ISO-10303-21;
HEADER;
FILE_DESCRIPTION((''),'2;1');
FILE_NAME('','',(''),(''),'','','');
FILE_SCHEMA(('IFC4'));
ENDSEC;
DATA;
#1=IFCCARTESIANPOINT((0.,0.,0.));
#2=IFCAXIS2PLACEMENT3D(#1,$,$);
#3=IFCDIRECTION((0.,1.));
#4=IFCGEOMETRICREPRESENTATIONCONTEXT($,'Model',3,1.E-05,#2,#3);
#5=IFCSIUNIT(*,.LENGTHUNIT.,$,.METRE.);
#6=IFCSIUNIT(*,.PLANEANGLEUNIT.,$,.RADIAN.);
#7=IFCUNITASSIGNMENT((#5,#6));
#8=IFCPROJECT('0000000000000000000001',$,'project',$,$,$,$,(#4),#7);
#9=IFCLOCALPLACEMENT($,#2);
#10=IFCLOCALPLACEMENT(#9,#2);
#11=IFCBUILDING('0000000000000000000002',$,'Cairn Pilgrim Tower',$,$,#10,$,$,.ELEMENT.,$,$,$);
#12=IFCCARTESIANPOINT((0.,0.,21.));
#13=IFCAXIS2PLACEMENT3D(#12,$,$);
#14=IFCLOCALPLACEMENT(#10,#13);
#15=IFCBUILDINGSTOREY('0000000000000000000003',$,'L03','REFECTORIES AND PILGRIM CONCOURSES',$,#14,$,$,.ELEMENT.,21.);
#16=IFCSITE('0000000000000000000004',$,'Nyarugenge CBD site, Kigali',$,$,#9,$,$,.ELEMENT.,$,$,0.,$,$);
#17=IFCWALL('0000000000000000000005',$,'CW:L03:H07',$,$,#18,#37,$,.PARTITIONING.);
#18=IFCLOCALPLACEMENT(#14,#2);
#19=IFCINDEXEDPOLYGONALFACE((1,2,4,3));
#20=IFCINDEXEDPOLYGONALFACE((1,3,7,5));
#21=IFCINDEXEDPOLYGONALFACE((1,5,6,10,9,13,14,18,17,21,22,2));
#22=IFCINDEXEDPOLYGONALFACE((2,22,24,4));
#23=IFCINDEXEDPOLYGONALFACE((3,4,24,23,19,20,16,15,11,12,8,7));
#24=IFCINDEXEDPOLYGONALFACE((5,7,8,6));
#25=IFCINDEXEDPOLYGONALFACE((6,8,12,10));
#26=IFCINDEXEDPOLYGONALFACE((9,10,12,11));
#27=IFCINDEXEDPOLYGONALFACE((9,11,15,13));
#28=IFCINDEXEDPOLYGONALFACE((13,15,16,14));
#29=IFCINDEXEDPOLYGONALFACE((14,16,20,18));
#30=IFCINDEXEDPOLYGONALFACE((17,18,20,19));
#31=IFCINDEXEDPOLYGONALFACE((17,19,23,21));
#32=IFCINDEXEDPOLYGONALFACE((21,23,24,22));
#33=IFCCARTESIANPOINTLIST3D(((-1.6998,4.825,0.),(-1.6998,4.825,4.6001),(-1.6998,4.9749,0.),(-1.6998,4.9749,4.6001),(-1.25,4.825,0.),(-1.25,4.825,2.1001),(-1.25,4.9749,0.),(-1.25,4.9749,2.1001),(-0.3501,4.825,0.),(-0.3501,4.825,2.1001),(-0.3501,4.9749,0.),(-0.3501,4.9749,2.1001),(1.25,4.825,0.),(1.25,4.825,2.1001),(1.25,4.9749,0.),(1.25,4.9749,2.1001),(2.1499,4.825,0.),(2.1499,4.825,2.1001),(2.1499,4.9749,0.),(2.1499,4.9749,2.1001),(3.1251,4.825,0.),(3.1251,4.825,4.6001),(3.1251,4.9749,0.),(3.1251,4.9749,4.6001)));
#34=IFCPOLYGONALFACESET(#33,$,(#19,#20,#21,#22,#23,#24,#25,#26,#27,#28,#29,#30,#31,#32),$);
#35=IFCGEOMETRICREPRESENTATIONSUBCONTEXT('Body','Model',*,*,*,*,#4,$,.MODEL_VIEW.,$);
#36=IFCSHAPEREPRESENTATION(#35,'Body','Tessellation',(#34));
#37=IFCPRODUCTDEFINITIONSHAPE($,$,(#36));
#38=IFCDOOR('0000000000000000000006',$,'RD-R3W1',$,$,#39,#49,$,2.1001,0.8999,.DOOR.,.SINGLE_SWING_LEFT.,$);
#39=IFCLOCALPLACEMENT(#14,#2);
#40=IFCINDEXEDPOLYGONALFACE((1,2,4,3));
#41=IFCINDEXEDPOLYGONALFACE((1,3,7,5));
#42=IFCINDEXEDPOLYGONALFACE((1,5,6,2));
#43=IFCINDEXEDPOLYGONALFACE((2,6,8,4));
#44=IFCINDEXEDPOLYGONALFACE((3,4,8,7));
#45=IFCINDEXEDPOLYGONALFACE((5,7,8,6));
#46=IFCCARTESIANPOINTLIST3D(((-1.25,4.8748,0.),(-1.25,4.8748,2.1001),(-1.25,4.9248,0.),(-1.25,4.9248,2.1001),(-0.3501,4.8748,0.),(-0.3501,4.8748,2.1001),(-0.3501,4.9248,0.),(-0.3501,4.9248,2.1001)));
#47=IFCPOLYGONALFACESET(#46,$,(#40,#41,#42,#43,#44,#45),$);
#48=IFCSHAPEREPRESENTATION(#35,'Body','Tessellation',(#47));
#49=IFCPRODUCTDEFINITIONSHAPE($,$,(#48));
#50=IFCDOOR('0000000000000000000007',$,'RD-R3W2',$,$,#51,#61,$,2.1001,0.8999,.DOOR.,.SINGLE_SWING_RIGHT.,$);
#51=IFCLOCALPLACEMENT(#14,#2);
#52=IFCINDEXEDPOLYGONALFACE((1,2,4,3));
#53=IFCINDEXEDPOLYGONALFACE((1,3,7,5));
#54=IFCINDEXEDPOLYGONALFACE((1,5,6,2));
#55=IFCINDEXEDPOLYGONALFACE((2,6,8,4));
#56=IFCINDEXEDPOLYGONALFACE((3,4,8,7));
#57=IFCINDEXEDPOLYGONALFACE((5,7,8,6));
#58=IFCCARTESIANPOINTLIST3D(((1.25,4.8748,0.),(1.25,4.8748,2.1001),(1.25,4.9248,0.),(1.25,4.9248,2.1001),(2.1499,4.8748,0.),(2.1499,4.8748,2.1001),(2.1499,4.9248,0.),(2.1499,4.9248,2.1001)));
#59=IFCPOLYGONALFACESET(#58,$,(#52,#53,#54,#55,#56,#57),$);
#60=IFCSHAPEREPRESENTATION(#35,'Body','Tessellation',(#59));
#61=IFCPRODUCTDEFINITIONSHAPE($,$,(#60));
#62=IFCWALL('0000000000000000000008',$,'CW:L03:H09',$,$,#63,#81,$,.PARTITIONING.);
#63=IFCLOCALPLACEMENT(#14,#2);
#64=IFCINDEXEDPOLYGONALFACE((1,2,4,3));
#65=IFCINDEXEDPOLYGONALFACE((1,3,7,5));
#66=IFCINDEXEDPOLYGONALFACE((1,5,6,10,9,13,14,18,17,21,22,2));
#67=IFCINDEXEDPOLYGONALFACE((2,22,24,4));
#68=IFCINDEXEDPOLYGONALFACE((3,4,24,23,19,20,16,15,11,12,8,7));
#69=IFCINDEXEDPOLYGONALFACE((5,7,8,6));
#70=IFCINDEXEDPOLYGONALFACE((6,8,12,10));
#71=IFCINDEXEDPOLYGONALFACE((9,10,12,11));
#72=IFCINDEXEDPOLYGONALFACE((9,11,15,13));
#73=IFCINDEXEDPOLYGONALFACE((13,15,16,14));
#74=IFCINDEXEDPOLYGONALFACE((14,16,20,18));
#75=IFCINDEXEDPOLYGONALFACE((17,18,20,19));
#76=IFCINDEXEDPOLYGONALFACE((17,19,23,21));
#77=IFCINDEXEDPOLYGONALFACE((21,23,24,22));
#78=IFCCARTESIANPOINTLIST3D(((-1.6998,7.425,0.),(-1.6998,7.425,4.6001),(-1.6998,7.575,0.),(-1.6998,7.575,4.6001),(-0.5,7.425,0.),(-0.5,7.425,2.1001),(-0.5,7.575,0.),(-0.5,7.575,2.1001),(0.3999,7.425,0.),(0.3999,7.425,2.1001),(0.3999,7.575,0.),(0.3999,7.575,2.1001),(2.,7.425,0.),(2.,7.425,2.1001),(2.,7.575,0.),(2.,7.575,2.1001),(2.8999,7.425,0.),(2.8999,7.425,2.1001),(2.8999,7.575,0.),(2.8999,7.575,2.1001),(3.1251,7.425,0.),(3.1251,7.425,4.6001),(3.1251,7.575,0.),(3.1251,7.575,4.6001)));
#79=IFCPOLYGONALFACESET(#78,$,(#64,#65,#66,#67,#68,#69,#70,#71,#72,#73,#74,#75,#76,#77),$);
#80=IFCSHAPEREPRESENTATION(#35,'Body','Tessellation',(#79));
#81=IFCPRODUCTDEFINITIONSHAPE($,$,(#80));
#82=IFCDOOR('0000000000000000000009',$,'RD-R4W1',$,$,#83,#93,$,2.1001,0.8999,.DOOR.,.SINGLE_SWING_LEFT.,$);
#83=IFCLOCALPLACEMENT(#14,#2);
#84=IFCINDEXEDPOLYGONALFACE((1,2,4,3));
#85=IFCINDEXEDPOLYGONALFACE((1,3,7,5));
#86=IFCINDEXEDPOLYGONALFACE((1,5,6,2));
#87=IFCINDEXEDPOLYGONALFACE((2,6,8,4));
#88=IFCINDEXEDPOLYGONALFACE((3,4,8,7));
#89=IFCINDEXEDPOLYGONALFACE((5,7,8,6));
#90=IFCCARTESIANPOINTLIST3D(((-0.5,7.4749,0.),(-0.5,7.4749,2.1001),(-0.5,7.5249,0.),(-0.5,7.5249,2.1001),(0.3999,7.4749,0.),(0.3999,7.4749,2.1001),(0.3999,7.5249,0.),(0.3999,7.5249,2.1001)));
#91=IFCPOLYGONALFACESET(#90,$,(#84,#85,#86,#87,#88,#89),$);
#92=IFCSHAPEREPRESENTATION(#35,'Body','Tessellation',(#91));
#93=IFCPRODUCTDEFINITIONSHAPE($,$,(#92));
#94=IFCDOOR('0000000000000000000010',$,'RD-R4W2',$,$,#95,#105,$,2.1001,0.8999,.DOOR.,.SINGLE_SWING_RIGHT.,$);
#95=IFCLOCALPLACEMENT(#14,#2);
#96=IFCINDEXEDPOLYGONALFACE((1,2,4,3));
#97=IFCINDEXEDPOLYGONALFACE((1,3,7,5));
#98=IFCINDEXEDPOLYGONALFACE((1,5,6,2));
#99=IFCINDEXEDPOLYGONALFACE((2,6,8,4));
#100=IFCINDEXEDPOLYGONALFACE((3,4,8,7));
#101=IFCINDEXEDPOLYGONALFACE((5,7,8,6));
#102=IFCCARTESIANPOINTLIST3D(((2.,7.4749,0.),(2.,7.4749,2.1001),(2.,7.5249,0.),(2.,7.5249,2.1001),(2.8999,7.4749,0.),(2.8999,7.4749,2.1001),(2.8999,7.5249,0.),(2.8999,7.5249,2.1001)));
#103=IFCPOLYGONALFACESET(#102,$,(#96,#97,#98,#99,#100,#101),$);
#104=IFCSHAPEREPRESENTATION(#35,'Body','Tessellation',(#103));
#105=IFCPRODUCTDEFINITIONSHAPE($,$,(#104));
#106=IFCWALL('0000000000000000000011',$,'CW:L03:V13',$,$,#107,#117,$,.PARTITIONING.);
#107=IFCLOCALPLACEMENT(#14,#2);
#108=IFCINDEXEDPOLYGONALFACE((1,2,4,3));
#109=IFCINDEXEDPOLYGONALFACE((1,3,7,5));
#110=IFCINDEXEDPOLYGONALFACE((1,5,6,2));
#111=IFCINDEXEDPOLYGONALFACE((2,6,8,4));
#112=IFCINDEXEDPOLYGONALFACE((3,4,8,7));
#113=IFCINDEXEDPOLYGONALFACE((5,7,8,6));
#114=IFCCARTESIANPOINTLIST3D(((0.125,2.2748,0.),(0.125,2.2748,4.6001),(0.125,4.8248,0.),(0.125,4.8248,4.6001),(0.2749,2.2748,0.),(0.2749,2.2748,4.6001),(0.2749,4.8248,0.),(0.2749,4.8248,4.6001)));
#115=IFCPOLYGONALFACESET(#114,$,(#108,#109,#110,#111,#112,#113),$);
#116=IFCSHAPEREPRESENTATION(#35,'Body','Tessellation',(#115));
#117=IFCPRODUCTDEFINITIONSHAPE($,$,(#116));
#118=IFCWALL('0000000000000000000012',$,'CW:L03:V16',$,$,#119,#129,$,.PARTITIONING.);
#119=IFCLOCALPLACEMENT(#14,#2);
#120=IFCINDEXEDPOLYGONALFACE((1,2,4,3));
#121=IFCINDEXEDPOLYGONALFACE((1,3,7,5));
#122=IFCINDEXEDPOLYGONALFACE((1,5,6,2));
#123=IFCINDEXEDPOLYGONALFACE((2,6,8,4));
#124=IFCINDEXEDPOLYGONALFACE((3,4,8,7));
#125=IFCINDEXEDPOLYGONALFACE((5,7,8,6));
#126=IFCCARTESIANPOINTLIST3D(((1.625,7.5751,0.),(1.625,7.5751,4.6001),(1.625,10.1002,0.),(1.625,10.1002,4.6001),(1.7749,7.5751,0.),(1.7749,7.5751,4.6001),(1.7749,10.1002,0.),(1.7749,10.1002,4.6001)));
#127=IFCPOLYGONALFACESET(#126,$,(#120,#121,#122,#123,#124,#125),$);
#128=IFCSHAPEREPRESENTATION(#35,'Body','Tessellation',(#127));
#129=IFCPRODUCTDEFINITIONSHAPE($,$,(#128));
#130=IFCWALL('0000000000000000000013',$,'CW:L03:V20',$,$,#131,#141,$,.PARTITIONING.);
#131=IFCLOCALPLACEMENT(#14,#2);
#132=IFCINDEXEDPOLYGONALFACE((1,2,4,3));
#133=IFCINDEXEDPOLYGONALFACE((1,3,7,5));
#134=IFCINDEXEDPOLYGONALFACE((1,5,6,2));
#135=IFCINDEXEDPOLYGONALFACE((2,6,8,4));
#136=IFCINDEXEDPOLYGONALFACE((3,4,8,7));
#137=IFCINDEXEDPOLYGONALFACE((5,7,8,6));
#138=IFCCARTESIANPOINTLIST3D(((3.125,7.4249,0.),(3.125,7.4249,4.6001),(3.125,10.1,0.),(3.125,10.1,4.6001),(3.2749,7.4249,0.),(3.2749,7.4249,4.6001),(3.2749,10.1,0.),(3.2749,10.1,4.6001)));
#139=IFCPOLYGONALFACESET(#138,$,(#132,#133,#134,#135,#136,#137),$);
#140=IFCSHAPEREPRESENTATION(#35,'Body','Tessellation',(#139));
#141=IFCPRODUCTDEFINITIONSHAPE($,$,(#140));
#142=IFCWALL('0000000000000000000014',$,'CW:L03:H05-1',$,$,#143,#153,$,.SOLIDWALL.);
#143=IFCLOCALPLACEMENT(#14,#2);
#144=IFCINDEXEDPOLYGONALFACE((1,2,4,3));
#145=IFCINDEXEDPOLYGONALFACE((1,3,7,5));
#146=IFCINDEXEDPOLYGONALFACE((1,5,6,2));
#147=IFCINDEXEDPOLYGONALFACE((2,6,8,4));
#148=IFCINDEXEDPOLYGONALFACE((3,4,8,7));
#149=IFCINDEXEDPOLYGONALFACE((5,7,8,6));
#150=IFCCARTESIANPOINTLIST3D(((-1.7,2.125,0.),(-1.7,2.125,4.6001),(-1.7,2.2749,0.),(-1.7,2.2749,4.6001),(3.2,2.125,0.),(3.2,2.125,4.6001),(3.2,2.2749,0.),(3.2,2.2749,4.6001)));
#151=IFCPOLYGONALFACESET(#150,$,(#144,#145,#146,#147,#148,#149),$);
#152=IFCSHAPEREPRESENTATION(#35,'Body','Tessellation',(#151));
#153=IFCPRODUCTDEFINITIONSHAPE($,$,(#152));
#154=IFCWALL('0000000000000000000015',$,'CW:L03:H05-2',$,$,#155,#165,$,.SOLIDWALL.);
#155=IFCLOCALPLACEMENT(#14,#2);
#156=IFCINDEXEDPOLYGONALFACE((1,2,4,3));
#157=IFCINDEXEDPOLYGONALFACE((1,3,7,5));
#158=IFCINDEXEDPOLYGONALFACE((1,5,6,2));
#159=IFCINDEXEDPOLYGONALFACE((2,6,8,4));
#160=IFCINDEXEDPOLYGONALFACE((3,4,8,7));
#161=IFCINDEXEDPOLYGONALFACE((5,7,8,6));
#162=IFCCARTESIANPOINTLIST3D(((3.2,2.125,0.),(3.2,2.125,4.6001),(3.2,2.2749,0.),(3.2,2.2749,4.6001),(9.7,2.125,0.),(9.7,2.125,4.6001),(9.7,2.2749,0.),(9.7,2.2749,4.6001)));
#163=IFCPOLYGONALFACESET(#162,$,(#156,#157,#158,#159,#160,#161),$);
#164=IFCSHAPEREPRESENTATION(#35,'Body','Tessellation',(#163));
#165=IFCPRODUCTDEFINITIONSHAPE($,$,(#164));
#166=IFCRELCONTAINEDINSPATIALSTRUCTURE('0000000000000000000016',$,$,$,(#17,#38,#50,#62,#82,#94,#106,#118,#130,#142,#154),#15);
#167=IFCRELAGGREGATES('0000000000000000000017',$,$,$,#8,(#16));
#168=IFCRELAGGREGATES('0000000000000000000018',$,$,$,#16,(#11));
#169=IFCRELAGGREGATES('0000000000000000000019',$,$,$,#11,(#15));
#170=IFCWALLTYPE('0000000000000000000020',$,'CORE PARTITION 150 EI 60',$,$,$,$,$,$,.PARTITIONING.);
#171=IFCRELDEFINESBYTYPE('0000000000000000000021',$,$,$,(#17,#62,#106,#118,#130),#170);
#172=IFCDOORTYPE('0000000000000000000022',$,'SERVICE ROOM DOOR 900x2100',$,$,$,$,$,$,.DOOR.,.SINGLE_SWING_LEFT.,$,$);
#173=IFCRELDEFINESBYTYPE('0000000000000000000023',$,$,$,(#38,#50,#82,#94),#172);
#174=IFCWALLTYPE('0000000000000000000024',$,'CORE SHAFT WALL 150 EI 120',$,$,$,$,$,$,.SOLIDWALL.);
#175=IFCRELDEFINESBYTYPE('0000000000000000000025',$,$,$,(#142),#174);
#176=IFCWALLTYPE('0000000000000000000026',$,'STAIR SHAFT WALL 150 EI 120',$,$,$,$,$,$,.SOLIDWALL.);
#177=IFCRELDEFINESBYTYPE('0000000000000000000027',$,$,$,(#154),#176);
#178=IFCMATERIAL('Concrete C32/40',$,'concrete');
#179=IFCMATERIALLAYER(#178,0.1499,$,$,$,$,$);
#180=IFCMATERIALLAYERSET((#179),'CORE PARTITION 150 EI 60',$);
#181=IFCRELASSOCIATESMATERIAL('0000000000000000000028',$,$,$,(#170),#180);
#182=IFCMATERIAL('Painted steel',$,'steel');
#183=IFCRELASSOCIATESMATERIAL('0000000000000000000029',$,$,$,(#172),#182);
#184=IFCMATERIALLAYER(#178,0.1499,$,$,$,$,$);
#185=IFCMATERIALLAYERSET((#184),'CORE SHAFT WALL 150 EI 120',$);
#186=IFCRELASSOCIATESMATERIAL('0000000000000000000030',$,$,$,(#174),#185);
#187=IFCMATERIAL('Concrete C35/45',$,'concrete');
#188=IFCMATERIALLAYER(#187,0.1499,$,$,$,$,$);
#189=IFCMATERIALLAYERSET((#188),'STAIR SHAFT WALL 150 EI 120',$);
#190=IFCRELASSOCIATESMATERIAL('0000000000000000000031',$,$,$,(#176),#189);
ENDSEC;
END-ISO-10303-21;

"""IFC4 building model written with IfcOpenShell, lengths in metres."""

from ifc_helpers import new_model, si_unit, direction, frame, frame_2d, origin, place, context, subcontext, project, spatial, rectangle, extrude, material, layer, layer_set, type_object, element, fill, save


model = new_model("IFC4")

# Units and contexts
model_context = context("Model", 3, precision=1e-05, world=origin(), true_north=direction((0.0, 1.0)))
body_context = subcontext(model_context, "Body", "Model", "MODEL_VIEW")
ifc_project = project(units=[si_unit("LENGTHUNIT", "METRE"), si_unit("PLANEANGLEUNIT", "RADIAN")], contexts=[model_context])

# Site, building, storey
site_placement = place(None, origin())
site = spatial("IfcSite", under=ifc_project, at=site_placement, Name="Nyarugenge CBD site, Kigali", CompositionType="ELEMENT", RefElevation=0.0)
building_placement = place(site_placement, origin())
building = spatial("IfcBuilding", under=site, at=building_placement, Name="Cairn Pilgrim Tower", CompositionType="ELEMENT")
storey_placement = place(building_placement, frame((0.0, 0.0, 21.0)))
storey = spatial("IfcBuildingStorey", under=building, at=storey_placement, Name="L03", Description="REFECTORIES AND PILGRIM CONCOURSES", CompositionType="ELEMENT", Elevation=21.0)

# Shared definitions
ifc_material_1 = material(Name="Concrete C32/40", Category="concrete")

# Walls, openings, doors
ifc_layer_1 = layer(ifc_material_1, 0.1499)
ifc_layer_set_1 = layer_set([ifc_layer_1], Name="CORE PARTITION 150 EI 60")
wall_type_1 = type_object("IfcWallType", Name="CORE PARTITION 150 EI 60", PredefinedType="PARTITIONING", material=ifc_layer_set_1)
wall_1_placement = place(storey_placement, frame((-1.7, 4.8999, 0.0), z_axis=(0.0, 0.0, 1.0), x_axis=(1.0, 0.0, 0.0)))
wall_1 = element("IfcWall", 1, at=wall_1_placement, inside=storey, type_object=wall_type_1, Name="CW:L03:H07", PredefinedType="PARTITIONING", context=body_context, shape_type="SweptSolid", body=[
    extrude(rectangle(XDim=4.825, YDim=0.1499, at=frame_2d((2.4126, 0.0))), origin(), (0.0, 0.0, 1.0), 4.6001),
])
opening_1_placement = place(wall_1_placement, frame((0.45, 0.0, 0.0)))
opening_1 = element("IfcOpeningElement", 2, at=opening_1_placement, cuts=wall_1, PredefinedType="OPENING", context=body_context, shape_type="SweptSolid", body=[
    extrude(rectangle(XDim=0.8999, YDim=2.1001, at=frame_2d((0.45, 1.05))), frame((0.0, 0.085, 0.0), z_axis=(0.0, -1.0, 0.0), x_axis=(1.0, 0.0, 0.0)), (0.0, 0.0, 1.0), 0.1699),
])
opening_2_placement = place(wall_1_placement, frame((2.95, 0.0, 0.0)))
opening_2 = element("IfcOpeningElement", 3, at=opening_2_placement, cuts=wall_1, PredefinedType="OPENING", context=body_context, shape_type="SweptSolid", body=[
    extrude(rectangle(XDim=0.8999, YDim=2.1001, at=frame_2d((0.45, 1.05))), frame((0.0, 0.085, 0.0), z_axis=(0.0, -1.0, 0.0), x_axis=(1.0, 0.0, 0.0)), (0.0, 0.0, 1.0), 0.1699),
])
ifc_material_2 = material(Name="Painted steel", Category="steel")
door_type_1 = type_object("IfcDoorType", Name="SERVICE ROOM DOOR 900x2100", OperationType="SINGLE_SWING_LEFT", PredefinedType="DOOR", material=ifc_material_2)
door_1_placement = place(opening_1_placement, origin())
door_1 = element("IfcDoor", 4, at=door_1_placement, inside=storey, type_object=door_type_1, Name="RD-R3W1", OperationType="SINGLE_SWING_LEFT", OverallHeight=2.1001, OverallWidth=0.8999, PredefinedType="DOOR", context=body_context, shape_type="SweptSolid", body=[
    extrude(rectangle(XDim=0.8999, YDim=2.1001, at=frame_2d((0.45, 1.05))), frame((0.0, 0.0249, 0.0), z_axis=(0.0, -1.0, 0.0), x_axis=(1.0, 0.0, 0.0)), (0.0, 0.0, 1.0), 0.05),
])
fill(opening_1, door_1)
door_2_placement = place(opening_2_placement, origin())
door_2 = element("IfcDoor", 5, at=door_2_placement, inside=storey, type_object=door_type_1, Name="RD-R3W2", OperationType="SINGLE_SWING_RIGHT", OverallHeight=2.1001, OverallWidth=0.8999, PredefinedType="DOOR", context=body_context, shape_type="SweptSolid", body=[
    extrude(rectangle(XDim=0.8999, YDim=2.1001, at=frame_2d((0.45, 1.05))), frame((0.0, 0.0249, 0.0), z_axis=(0.0, -1.0, 0.0), x_axis=(1.0, 0.0, 0.0)), (0.0, 0.0, 1.0), 0.05),
])
fill(opening_2, door_2)
wall_2_placement = place(storey_placement, frame((-1.7, 7.5, 0.0), z_axis=(0.0, 0.0, 1.0), x_axis=(1.0, 0.0, 0.0)))
wall_2 = element("IfcWall", 6, at=wall_2_placement, inside=storey, type_object=wall_type_1, Name="CW:L03:H09", PredefinedType="PARTITIONING", context=body_context, shape_type="SweptSolid", body=[
    extrude(rectangle(XDim=4.825, YDim=0.1499, at=frame_2d((2.4126, 0.0))), origin(), (0.0, 0.0, 1.0), 4.6001),
])
opening_3_placement = place(wall_2_placement, frame((1.2, 0.0, 0.0)))
opening_3 = element("IfcOpeningElement", 7, at=opening_3_placement, cuts=wall_2, PredefinedType="OPENING", context=body_context, shape_type="SweptSolid", body=[
    extrude(rectangle(XDim=0.8999, YDim=2.1001, at=frame_2d((0.45, 1.05))), frame((0.0, 0.085, 0.0), z_axis=(0.0, -1.0, 0.0), x_axis=(1.0, 0.0, 0.0)), (0.0, 0.0, 1.0), 0.1699),
])
opening_4_placement = place(wall_2_placement, frame((3.7, 0.0, 0.0)))
opening_4 = element("IfcOpeningElement", 8, at=opening_4_placement, cuts=wall_2, PredefinedType="OPENING", context=body_context, shape_type="SweptSolid", body=[
    extrude(rectangle(XDim=0.8999, YDim=2.1001, at=frame_2d((0.45, 1.05))), frame((0.0, 0.085, 0.0), z_axis=(0.0, -1.0, 0.0), x_axis=(1.0, 0.0, 0.0)), (0.0, 0.0, 1.0), 0.1699),
])
door_3_placement = place(opening_3_placement, origin())
door_3 = element("IfcDoor", 9, at=door_3_placement, inside=storey, type_object=door_type_1, Name="RD-R4W1", OperationType="SINGLE_SWING_LEFT", OverallHeight=2.1001, OverallWidth=0.8999, PredefinedType="DOOR", context=body_context, shape_type="SweptSolid", body=[
    extrude(rectangle(XDim=0.8999, YDim=2.1001, at=frame_2d((0.45, 1.05))), frame((0.0, 0.0249, 0.0), z_axis=(0.0, -1.0, 0.0), x_axis=(1.0, 0.0, 0.0)), (0.0, 0.0, 1.0), 0.05),
])
fill(opening_3, door_3)
door_4_placement = place(opening_4_placement, origin())
door_4 = element("IfcDoor", 10, at=door_4_placement, inside=storey, type_object=door_type_1, Name="RD-R4W2", OperationType="SINGLE_SWING_RIGHT", OverallHeight=2.1001, OverallWidth=0.8999, PredefinedType="DOOR", context=body_context, shape_type="SweptSolid", body=[
    extrude(rectangle(XDim=0.8999, YDim=2.1001, at=frame_2d((0.45, 1.05))), frame((0.0, 0.0249, 0.0), z_axis=(0.0, -1.0, 0.0), x_axis=(1.0, 0.0, 0.0)), (0.0, 0.0, 1.0), 0.05),
])
fill(opening_4, door_4)

# Walls
wall_3_placement = place(storey_placement, frame((0.2, 2.2749, 0.0), z_axis=(0.0, 0.0, 1.0), x_axis=(0.0, 1.0, 0.0)))
element("IfcWall", 11, at=wall_3_placement, inside=storey, type_object=wall_type_1, Name="CW:L03:V13", PredefinedType="PARTITIONING", context=body_context, shape_type="SweptSolid", body=[
    extrude(rectangle(XDim=2.55, YDim=0.1499, at=frame_2d((1.2749, 0.0))), origin(), (0.0, 0.0, 1.0), 4.6001),
])
wall_4_placement = place(storey_placement, frame((1.7, 7.575, 0.0), z_axis=(0.0, 0.0, 1.0), x_axis=(0.0, 1.0, 0.0)))
element("IfcWall", 12, at=wall_4_placement, inside=storey, type_object=wall_type_1, Name="CW:L03:V16", PredefinedType="PARTITIONING", context=body_context, shape_type="SweptSolid", body=[
    extrude(rectangle(XDim=2.5251, YDim=0.1499, at=frame_2d((1.2627, 0.0))), origin(), (0.0, 0.0, 1.0), 4.6001),
])
wall_5_placement = place(storey_placement, frame((3.2, 7.425, 0.0), z_axis=(0.0, 0.0, 1.0), x_axis=(0.0, 1.0, 0.0)))
element("IfcWall", 13, at=wall_5_placement, inside=storey, type_object=wall_type_1, Name="CW:L03:V20", PredefinedType="PARTITIONING", context=body_context, shape_type="SweptSolid", body=[
    extrude(rectangle(XDim=2.675, YDim=0.1499, at=frame_2d((1.3374, 0.0))), origin(), (0.0, 0.0, 1.0), 4.6001),
])
ifc_layer_2 = layer(ifc_material_1, 0.1499)
ifc_layer_set_2 = layer_set([ifc_layer_2], Name="CORE SHAFT WALL 150 EI 120")
wall_type_2 = type_object("IfcWallType", Name="CORE SHAFT WALL 150 EI 120", PredefinedType="SOLIDWALL", material=ifc_layer_set_2)
wall_6_placement = place(storey_placement, frame((-1.7, 2.2, 0.0), z_axis=(0.0, 0.0, 1.0), x_axis=(1.0, 0.0, 0.0)))
element("IfcWall", 14, at=wall_6_placement, inside=storey, type_object=wall_type_2, Name="CW:L03:H05-1", PredefinedType="SOLIDWALL", context=body_context, shape_type="SweptSolid", body=[
    extrude(rectangle(XDim=4.8999, YDim=0.1499, at=frame_2d((2.45, 0.0))), origin(), (0.0, 0.0, 1.0), 4.6001),
])
ifc_material_3 = material(Name="Concrete C35/45", Category="concrete")
ifc_layer_3 = layer(ifc_material_3, 0.1499)
ifc_layer_set_3 = layer_set([ifc_layer_3], Name="STAIR SHAFT WALL 150 EI 120")
wall_type_3 = type_object("IfcWallType", Name="STAIR SHAFT WALL 150 EI 120", PredefinedType="SOLIDWALL", material=ifc_layer_set_3)
wall_7_placement = place(storey_placement, frame((3.2, 2.2, 0.0), z_axis=(0.0, 0.0, 1.0), x_axis=(1.0, 0.0, 0.0)))
element("IfcWall", 15, at=wall_7_placement, inside=storey, type_object=wall_type_3, Name="CW:L03:H05-2", PredefinedType="SOLIDWALL", context=body_context, shape_type="SweptSolid", body=[
    extrude(rectangle(XDim=6.5, YDim=0.1499, at=frame_2d((3.25, 0.0))), origin(), (0.0, 0.0, 1.0), 4.6001),
])

save(model, "model.ifc")
